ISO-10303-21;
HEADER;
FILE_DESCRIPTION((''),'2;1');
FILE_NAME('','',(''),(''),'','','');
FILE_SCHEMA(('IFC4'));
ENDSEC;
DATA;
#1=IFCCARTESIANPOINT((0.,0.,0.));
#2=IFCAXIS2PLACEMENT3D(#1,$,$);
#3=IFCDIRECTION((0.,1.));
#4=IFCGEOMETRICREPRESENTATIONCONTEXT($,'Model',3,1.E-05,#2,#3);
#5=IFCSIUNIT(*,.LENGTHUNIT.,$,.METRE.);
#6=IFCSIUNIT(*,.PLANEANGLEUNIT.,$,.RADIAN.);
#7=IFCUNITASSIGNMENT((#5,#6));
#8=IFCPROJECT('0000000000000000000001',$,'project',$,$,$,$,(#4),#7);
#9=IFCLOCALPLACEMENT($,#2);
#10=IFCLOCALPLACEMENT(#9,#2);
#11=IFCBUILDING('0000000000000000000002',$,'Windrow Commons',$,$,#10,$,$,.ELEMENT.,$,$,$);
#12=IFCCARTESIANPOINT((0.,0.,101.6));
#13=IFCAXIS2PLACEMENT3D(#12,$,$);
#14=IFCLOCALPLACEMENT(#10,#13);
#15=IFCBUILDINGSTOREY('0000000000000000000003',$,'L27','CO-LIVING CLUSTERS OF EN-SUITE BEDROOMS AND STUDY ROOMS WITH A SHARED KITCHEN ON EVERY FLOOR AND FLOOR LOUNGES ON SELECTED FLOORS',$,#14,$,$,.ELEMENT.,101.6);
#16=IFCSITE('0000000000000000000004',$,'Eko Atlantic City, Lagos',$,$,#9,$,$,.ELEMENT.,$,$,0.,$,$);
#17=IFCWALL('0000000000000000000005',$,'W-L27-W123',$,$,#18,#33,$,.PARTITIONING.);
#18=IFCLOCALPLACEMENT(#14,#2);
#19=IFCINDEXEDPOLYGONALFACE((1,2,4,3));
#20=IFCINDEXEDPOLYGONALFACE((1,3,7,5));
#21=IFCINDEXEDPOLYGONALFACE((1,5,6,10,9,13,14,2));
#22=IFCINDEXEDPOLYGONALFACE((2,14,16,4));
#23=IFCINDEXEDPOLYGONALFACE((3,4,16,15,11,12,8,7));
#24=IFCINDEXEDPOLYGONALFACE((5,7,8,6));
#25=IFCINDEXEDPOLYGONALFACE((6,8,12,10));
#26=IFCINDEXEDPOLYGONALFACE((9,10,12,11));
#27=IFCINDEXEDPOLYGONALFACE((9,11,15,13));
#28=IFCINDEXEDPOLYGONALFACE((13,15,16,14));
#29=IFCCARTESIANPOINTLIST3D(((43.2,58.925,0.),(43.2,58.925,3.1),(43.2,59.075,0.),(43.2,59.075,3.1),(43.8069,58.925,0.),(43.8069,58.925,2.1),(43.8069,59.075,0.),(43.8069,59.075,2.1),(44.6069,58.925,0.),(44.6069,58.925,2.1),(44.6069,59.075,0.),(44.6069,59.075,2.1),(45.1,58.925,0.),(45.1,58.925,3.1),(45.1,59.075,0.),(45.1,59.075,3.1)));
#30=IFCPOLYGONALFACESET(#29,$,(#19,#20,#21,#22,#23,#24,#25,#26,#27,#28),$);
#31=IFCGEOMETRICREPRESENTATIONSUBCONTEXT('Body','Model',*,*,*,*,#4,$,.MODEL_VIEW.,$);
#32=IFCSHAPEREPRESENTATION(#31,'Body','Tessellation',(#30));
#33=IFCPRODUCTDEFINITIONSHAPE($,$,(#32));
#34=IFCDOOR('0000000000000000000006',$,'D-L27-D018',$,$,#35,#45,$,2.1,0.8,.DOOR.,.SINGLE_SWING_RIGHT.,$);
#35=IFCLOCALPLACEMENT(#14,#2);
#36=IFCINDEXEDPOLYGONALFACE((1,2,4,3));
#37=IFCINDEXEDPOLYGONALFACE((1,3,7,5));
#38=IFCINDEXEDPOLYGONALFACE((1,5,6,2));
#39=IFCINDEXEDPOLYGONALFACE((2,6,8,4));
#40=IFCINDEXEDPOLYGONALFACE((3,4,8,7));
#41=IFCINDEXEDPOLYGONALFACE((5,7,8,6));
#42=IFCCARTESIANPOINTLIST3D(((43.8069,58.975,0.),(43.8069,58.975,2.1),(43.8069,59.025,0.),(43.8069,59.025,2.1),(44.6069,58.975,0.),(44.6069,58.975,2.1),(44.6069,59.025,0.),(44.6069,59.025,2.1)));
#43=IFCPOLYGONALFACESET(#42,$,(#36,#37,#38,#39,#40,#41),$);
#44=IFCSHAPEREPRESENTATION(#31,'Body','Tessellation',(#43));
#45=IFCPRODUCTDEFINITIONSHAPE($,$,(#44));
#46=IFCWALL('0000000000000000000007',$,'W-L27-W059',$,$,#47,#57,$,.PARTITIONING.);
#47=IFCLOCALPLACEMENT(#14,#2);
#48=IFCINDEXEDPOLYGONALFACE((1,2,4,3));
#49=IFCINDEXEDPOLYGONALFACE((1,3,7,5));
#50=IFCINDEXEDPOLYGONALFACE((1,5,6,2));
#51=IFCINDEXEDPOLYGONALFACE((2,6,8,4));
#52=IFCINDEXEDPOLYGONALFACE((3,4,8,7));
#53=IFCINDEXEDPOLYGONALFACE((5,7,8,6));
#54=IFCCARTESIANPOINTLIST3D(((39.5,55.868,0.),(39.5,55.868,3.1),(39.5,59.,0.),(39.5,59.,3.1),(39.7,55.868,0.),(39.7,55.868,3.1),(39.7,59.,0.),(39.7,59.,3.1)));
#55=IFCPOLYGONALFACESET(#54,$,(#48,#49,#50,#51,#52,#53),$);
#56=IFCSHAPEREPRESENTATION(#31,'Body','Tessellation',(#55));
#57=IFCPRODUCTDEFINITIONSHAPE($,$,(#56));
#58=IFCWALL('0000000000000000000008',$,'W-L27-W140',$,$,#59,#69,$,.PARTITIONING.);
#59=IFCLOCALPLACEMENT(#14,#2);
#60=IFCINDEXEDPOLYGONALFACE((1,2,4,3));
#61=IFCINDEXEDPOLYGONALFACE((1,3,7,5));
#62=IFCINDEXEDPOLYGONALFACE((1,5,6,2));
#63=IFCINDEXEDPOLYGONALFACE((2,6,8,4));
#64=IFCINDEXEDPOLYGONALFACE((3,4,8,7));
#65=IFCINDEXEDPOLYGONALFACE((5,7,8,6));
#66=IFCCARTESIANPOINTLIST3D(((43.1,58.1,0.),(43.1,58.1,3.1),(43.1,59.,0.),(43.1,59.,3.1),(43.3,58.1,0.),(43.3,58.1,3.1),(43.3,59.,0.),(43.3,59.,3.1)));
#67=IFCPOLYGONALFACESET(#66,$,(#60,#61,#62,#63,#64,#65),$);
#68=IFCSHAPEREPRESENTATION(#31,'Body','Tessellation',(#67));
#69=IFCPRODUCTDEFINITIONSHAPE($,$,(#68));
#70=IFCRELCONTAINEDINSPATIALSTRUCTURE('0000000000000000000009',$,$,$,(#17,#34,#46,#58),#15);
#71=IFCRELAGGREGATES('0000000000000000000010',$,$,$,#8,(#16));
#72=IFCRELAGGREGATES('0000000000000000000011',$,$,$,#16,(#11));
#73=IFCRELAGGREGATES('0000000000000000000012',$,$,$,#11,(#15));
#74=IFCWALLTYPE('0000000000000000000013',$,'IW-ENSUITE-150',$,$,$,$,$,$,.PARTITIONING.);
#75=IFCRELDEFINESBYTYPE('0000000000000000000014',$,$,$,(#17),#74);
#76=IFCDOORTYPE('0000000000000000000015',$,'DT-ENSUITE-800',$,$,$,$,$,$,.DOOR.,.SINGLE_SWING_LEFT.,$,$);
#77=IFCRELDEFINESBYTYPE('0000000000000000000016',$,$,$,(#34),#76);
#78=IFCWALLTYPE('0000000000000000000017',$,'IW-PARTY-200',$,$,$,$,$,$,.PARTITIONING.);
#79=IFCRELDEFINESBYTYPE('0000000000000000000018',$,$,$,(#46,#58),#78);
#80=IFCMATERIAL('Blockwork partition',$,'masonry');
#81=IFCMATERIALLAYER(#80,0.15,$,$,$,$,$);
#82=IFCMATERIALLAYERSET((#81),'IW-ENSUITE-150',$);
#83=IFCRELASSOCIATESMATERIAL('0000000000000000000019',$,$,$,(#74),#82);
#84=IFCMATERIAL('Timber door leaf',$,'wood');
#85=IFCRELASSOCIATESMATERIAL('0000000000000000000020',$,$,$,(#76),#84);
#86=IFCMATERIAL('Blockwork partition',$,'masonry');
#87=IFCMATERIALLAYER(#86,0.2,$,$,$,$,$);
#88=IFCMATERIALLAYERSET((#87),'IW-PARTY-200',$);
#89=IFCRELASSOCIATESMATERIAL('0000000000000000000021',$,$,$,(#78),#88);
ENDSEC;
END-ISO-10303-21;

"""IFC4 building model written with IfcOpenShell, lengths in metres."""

from ifc_helpers import new_model, si_unit, direction, frame, frame_2d, origin, place, context, subcontext, project, spatial, rectangle, extrude, material, layer, layer_set, type_object, element, fill, save


model = new_model("IFC4")

# Units and contexts
model_context = context("Model", 3, precision=1e-05, world=origin(), true_north=direction((0.0, 1.0)))
body_context = subcontext(model_context, "Body", "Model", "MODEL_VIEW")
ifc_project = project(units=[si_unit("LENGTHUNIT", "METRE"), si_unit("PLANEANGLEUNIT", "RADIAN")], contexts=[model_context])

# Site, building, storey
site_placement = place(None, origin())
site = spatial("IfcSite", under=ifc_project, at=site_placement, Name="Eko Atlantic City, Lagos", CompositionType="ELEMENT", RefElevation=0.0)
building_placement = place(site_placement, origin())
building = spatial("IfcBuilding", under=site, at=building_placement, Name="Windrow Commons", CompositionType="ELEMENT")
storey_placement = place(building_placement, frame((0.0, 0.0, 101.6)))
storey = spatial("IfcBuildingStorey", under=building, at=storey_placement, Name="L27", Description="CO-LIVING CLUSTERS OF EN-SUITE BEDROOMS AND STUDY ROOMS WITH A SHARED KITCHEN ON EVERY FLOOR AND FLOOR LOUNGES ON SELECTED FLOORS", CompositionType="ELEMENT", Elevation=101.6)

# Shared definitions
ifc_material_1 = material(Name="Blockwork partition", Category="masonry")
ifc_layer_1 = layer(ifc_material_1, 0.15)
ifc_layer_set_1 = layer_set([ifc_layer_1], Name="IW-ENSUITE-150")
wall_type_1 = type_object("IfcWallType", Name="IW-ENSUITE-150", PredefinedType="PARTITIONING", material=ifc_layer_set_1)

# Wall, opening, door
ifc_material_2 = material(Name="Timber door leaf", Category="wood")
door_type = type_object("IfcDoorType", Name="DT-ENSUITE-800", OperationType="SINGLE_SWING_LEFT", PredefinedType="DOOR", material=ifc_material_2)
wall_1_placement = place(storey_placement, frame((43.2, 59.0, 0.0), z_axis=(0.0, 0.0, 1.0), x_axis=(1.0, 0.0, 0.0)))
wall_1 = element("IfcWall", 1, at=wall_1_placement, inside=storey, type_object=wall_type_1, Name="W-L27-W123", PredefinedType="PARTITIONING", context=body_context, shape_type="SweptSolid", body=[
    extrude(rectangle(XDim=1.9, YDim=0.15, at=frame_2d((0.95, 0.0))), origin(), (0.0, 0.0, 1.0), 3.1),
])
opening_1_placement = place(wall_1_placement, frame((0.6069, 0.0, 0.0)))
opening_1 = element("IfcOpeningElement", 2, at=opening_1_placement, cuts=wall_1, PredefinedType="OPENING", context=body_context, shape_type="SweptSolid", body=[
    extrude(rectangle(XDim=0.8, YDim=2.1, at=frame_2d((0.4, 1.05))), frame((0.0, 0.085, 0.0), z_axis=(0.0, -1.0, 0.0), x_axis=(1.0, 0.0, 0.0)), (0.0, 0.0, 1.0), 0.17),
])
door_1_placement = place(opening_1_placement, origin())
door_1 = element("IfcDoor", 3, at=door_1_placement, inside=storey, type_object=door_type, Name="D-L27-D018", OperationType="SINGLE_SWING_RIGHT", OverallHeight=2.1, OverallWidth=0.8, PredefinedType="DOOR", context=body_context, shape_type="SweptSolid", body=[
    extrude(rectangle(XDim=0.8, YDim=2.1, at=frame_2d((0.4, 1.05))), frame((0.0, 0.025, 0.0), z_axis=(0.0, -1.0, 0.0), x_axis=(1.0, 0.0, 0.0)), (0.0, 0.0, 1.0), 0.05),
])
fill(opening_1, door_1)

# Walls
ifc_material_3 = material(Name="Blockwork partition", Category="masonry")
ifc_layer_2 = layer(ifc_material_3, 0.2)
ifc_layer_set_2 = layer_set([ifc_layer_2], Name="IW-PARTY-200")
wall_type_2 = type_object("IfcWallType", Name="IW-PARTY-200", PredefinedType="PARTITIONING", material=ifc_layer_set_2)
wall_2_placement = place(storey_placement, frame((39.6, 55.868, 0.0), z_axis=(0.0, 0.0, 1.0), x_axis=(0.0, 1.0, 0.0)))
element("IfcWall", 4, at=wall_2_placement, inside=storey, type_object=wall_type_2, Name="W-L27-W059", PredefinedType="PARTITIONING", context=body_context, shape_type="SweptSolid", body=[
    extrude(rectangle(XDim=3.132, YDim=0.2, at=frame_2d((1.566, 0.0))), origin(), (0.0, 0.0, 1.0), 3.1),
])
wall_3_placement = place(storey_placement, frame((43.2, 58.1, 0.0), z_axis=(0.0, 0.0, 1.0), x_axis=(0.0, 1.0, 0.0)))
element("IfcWall", 5, at=wall_3_placement, inside=storey, type_object=wall_type_2, Name="W-L27-W140", PredefinedType="PARTITIONING", context=body_context, shape_type="SweptSolid", body=[
    extrude(rectangle(XDim=0.9, YDim=0.2, at=frame_2d((0.45, 0.0))), origin(), (0.0, 0.0, 1.0), 3.1),
])

save(model, "model.ifc")
